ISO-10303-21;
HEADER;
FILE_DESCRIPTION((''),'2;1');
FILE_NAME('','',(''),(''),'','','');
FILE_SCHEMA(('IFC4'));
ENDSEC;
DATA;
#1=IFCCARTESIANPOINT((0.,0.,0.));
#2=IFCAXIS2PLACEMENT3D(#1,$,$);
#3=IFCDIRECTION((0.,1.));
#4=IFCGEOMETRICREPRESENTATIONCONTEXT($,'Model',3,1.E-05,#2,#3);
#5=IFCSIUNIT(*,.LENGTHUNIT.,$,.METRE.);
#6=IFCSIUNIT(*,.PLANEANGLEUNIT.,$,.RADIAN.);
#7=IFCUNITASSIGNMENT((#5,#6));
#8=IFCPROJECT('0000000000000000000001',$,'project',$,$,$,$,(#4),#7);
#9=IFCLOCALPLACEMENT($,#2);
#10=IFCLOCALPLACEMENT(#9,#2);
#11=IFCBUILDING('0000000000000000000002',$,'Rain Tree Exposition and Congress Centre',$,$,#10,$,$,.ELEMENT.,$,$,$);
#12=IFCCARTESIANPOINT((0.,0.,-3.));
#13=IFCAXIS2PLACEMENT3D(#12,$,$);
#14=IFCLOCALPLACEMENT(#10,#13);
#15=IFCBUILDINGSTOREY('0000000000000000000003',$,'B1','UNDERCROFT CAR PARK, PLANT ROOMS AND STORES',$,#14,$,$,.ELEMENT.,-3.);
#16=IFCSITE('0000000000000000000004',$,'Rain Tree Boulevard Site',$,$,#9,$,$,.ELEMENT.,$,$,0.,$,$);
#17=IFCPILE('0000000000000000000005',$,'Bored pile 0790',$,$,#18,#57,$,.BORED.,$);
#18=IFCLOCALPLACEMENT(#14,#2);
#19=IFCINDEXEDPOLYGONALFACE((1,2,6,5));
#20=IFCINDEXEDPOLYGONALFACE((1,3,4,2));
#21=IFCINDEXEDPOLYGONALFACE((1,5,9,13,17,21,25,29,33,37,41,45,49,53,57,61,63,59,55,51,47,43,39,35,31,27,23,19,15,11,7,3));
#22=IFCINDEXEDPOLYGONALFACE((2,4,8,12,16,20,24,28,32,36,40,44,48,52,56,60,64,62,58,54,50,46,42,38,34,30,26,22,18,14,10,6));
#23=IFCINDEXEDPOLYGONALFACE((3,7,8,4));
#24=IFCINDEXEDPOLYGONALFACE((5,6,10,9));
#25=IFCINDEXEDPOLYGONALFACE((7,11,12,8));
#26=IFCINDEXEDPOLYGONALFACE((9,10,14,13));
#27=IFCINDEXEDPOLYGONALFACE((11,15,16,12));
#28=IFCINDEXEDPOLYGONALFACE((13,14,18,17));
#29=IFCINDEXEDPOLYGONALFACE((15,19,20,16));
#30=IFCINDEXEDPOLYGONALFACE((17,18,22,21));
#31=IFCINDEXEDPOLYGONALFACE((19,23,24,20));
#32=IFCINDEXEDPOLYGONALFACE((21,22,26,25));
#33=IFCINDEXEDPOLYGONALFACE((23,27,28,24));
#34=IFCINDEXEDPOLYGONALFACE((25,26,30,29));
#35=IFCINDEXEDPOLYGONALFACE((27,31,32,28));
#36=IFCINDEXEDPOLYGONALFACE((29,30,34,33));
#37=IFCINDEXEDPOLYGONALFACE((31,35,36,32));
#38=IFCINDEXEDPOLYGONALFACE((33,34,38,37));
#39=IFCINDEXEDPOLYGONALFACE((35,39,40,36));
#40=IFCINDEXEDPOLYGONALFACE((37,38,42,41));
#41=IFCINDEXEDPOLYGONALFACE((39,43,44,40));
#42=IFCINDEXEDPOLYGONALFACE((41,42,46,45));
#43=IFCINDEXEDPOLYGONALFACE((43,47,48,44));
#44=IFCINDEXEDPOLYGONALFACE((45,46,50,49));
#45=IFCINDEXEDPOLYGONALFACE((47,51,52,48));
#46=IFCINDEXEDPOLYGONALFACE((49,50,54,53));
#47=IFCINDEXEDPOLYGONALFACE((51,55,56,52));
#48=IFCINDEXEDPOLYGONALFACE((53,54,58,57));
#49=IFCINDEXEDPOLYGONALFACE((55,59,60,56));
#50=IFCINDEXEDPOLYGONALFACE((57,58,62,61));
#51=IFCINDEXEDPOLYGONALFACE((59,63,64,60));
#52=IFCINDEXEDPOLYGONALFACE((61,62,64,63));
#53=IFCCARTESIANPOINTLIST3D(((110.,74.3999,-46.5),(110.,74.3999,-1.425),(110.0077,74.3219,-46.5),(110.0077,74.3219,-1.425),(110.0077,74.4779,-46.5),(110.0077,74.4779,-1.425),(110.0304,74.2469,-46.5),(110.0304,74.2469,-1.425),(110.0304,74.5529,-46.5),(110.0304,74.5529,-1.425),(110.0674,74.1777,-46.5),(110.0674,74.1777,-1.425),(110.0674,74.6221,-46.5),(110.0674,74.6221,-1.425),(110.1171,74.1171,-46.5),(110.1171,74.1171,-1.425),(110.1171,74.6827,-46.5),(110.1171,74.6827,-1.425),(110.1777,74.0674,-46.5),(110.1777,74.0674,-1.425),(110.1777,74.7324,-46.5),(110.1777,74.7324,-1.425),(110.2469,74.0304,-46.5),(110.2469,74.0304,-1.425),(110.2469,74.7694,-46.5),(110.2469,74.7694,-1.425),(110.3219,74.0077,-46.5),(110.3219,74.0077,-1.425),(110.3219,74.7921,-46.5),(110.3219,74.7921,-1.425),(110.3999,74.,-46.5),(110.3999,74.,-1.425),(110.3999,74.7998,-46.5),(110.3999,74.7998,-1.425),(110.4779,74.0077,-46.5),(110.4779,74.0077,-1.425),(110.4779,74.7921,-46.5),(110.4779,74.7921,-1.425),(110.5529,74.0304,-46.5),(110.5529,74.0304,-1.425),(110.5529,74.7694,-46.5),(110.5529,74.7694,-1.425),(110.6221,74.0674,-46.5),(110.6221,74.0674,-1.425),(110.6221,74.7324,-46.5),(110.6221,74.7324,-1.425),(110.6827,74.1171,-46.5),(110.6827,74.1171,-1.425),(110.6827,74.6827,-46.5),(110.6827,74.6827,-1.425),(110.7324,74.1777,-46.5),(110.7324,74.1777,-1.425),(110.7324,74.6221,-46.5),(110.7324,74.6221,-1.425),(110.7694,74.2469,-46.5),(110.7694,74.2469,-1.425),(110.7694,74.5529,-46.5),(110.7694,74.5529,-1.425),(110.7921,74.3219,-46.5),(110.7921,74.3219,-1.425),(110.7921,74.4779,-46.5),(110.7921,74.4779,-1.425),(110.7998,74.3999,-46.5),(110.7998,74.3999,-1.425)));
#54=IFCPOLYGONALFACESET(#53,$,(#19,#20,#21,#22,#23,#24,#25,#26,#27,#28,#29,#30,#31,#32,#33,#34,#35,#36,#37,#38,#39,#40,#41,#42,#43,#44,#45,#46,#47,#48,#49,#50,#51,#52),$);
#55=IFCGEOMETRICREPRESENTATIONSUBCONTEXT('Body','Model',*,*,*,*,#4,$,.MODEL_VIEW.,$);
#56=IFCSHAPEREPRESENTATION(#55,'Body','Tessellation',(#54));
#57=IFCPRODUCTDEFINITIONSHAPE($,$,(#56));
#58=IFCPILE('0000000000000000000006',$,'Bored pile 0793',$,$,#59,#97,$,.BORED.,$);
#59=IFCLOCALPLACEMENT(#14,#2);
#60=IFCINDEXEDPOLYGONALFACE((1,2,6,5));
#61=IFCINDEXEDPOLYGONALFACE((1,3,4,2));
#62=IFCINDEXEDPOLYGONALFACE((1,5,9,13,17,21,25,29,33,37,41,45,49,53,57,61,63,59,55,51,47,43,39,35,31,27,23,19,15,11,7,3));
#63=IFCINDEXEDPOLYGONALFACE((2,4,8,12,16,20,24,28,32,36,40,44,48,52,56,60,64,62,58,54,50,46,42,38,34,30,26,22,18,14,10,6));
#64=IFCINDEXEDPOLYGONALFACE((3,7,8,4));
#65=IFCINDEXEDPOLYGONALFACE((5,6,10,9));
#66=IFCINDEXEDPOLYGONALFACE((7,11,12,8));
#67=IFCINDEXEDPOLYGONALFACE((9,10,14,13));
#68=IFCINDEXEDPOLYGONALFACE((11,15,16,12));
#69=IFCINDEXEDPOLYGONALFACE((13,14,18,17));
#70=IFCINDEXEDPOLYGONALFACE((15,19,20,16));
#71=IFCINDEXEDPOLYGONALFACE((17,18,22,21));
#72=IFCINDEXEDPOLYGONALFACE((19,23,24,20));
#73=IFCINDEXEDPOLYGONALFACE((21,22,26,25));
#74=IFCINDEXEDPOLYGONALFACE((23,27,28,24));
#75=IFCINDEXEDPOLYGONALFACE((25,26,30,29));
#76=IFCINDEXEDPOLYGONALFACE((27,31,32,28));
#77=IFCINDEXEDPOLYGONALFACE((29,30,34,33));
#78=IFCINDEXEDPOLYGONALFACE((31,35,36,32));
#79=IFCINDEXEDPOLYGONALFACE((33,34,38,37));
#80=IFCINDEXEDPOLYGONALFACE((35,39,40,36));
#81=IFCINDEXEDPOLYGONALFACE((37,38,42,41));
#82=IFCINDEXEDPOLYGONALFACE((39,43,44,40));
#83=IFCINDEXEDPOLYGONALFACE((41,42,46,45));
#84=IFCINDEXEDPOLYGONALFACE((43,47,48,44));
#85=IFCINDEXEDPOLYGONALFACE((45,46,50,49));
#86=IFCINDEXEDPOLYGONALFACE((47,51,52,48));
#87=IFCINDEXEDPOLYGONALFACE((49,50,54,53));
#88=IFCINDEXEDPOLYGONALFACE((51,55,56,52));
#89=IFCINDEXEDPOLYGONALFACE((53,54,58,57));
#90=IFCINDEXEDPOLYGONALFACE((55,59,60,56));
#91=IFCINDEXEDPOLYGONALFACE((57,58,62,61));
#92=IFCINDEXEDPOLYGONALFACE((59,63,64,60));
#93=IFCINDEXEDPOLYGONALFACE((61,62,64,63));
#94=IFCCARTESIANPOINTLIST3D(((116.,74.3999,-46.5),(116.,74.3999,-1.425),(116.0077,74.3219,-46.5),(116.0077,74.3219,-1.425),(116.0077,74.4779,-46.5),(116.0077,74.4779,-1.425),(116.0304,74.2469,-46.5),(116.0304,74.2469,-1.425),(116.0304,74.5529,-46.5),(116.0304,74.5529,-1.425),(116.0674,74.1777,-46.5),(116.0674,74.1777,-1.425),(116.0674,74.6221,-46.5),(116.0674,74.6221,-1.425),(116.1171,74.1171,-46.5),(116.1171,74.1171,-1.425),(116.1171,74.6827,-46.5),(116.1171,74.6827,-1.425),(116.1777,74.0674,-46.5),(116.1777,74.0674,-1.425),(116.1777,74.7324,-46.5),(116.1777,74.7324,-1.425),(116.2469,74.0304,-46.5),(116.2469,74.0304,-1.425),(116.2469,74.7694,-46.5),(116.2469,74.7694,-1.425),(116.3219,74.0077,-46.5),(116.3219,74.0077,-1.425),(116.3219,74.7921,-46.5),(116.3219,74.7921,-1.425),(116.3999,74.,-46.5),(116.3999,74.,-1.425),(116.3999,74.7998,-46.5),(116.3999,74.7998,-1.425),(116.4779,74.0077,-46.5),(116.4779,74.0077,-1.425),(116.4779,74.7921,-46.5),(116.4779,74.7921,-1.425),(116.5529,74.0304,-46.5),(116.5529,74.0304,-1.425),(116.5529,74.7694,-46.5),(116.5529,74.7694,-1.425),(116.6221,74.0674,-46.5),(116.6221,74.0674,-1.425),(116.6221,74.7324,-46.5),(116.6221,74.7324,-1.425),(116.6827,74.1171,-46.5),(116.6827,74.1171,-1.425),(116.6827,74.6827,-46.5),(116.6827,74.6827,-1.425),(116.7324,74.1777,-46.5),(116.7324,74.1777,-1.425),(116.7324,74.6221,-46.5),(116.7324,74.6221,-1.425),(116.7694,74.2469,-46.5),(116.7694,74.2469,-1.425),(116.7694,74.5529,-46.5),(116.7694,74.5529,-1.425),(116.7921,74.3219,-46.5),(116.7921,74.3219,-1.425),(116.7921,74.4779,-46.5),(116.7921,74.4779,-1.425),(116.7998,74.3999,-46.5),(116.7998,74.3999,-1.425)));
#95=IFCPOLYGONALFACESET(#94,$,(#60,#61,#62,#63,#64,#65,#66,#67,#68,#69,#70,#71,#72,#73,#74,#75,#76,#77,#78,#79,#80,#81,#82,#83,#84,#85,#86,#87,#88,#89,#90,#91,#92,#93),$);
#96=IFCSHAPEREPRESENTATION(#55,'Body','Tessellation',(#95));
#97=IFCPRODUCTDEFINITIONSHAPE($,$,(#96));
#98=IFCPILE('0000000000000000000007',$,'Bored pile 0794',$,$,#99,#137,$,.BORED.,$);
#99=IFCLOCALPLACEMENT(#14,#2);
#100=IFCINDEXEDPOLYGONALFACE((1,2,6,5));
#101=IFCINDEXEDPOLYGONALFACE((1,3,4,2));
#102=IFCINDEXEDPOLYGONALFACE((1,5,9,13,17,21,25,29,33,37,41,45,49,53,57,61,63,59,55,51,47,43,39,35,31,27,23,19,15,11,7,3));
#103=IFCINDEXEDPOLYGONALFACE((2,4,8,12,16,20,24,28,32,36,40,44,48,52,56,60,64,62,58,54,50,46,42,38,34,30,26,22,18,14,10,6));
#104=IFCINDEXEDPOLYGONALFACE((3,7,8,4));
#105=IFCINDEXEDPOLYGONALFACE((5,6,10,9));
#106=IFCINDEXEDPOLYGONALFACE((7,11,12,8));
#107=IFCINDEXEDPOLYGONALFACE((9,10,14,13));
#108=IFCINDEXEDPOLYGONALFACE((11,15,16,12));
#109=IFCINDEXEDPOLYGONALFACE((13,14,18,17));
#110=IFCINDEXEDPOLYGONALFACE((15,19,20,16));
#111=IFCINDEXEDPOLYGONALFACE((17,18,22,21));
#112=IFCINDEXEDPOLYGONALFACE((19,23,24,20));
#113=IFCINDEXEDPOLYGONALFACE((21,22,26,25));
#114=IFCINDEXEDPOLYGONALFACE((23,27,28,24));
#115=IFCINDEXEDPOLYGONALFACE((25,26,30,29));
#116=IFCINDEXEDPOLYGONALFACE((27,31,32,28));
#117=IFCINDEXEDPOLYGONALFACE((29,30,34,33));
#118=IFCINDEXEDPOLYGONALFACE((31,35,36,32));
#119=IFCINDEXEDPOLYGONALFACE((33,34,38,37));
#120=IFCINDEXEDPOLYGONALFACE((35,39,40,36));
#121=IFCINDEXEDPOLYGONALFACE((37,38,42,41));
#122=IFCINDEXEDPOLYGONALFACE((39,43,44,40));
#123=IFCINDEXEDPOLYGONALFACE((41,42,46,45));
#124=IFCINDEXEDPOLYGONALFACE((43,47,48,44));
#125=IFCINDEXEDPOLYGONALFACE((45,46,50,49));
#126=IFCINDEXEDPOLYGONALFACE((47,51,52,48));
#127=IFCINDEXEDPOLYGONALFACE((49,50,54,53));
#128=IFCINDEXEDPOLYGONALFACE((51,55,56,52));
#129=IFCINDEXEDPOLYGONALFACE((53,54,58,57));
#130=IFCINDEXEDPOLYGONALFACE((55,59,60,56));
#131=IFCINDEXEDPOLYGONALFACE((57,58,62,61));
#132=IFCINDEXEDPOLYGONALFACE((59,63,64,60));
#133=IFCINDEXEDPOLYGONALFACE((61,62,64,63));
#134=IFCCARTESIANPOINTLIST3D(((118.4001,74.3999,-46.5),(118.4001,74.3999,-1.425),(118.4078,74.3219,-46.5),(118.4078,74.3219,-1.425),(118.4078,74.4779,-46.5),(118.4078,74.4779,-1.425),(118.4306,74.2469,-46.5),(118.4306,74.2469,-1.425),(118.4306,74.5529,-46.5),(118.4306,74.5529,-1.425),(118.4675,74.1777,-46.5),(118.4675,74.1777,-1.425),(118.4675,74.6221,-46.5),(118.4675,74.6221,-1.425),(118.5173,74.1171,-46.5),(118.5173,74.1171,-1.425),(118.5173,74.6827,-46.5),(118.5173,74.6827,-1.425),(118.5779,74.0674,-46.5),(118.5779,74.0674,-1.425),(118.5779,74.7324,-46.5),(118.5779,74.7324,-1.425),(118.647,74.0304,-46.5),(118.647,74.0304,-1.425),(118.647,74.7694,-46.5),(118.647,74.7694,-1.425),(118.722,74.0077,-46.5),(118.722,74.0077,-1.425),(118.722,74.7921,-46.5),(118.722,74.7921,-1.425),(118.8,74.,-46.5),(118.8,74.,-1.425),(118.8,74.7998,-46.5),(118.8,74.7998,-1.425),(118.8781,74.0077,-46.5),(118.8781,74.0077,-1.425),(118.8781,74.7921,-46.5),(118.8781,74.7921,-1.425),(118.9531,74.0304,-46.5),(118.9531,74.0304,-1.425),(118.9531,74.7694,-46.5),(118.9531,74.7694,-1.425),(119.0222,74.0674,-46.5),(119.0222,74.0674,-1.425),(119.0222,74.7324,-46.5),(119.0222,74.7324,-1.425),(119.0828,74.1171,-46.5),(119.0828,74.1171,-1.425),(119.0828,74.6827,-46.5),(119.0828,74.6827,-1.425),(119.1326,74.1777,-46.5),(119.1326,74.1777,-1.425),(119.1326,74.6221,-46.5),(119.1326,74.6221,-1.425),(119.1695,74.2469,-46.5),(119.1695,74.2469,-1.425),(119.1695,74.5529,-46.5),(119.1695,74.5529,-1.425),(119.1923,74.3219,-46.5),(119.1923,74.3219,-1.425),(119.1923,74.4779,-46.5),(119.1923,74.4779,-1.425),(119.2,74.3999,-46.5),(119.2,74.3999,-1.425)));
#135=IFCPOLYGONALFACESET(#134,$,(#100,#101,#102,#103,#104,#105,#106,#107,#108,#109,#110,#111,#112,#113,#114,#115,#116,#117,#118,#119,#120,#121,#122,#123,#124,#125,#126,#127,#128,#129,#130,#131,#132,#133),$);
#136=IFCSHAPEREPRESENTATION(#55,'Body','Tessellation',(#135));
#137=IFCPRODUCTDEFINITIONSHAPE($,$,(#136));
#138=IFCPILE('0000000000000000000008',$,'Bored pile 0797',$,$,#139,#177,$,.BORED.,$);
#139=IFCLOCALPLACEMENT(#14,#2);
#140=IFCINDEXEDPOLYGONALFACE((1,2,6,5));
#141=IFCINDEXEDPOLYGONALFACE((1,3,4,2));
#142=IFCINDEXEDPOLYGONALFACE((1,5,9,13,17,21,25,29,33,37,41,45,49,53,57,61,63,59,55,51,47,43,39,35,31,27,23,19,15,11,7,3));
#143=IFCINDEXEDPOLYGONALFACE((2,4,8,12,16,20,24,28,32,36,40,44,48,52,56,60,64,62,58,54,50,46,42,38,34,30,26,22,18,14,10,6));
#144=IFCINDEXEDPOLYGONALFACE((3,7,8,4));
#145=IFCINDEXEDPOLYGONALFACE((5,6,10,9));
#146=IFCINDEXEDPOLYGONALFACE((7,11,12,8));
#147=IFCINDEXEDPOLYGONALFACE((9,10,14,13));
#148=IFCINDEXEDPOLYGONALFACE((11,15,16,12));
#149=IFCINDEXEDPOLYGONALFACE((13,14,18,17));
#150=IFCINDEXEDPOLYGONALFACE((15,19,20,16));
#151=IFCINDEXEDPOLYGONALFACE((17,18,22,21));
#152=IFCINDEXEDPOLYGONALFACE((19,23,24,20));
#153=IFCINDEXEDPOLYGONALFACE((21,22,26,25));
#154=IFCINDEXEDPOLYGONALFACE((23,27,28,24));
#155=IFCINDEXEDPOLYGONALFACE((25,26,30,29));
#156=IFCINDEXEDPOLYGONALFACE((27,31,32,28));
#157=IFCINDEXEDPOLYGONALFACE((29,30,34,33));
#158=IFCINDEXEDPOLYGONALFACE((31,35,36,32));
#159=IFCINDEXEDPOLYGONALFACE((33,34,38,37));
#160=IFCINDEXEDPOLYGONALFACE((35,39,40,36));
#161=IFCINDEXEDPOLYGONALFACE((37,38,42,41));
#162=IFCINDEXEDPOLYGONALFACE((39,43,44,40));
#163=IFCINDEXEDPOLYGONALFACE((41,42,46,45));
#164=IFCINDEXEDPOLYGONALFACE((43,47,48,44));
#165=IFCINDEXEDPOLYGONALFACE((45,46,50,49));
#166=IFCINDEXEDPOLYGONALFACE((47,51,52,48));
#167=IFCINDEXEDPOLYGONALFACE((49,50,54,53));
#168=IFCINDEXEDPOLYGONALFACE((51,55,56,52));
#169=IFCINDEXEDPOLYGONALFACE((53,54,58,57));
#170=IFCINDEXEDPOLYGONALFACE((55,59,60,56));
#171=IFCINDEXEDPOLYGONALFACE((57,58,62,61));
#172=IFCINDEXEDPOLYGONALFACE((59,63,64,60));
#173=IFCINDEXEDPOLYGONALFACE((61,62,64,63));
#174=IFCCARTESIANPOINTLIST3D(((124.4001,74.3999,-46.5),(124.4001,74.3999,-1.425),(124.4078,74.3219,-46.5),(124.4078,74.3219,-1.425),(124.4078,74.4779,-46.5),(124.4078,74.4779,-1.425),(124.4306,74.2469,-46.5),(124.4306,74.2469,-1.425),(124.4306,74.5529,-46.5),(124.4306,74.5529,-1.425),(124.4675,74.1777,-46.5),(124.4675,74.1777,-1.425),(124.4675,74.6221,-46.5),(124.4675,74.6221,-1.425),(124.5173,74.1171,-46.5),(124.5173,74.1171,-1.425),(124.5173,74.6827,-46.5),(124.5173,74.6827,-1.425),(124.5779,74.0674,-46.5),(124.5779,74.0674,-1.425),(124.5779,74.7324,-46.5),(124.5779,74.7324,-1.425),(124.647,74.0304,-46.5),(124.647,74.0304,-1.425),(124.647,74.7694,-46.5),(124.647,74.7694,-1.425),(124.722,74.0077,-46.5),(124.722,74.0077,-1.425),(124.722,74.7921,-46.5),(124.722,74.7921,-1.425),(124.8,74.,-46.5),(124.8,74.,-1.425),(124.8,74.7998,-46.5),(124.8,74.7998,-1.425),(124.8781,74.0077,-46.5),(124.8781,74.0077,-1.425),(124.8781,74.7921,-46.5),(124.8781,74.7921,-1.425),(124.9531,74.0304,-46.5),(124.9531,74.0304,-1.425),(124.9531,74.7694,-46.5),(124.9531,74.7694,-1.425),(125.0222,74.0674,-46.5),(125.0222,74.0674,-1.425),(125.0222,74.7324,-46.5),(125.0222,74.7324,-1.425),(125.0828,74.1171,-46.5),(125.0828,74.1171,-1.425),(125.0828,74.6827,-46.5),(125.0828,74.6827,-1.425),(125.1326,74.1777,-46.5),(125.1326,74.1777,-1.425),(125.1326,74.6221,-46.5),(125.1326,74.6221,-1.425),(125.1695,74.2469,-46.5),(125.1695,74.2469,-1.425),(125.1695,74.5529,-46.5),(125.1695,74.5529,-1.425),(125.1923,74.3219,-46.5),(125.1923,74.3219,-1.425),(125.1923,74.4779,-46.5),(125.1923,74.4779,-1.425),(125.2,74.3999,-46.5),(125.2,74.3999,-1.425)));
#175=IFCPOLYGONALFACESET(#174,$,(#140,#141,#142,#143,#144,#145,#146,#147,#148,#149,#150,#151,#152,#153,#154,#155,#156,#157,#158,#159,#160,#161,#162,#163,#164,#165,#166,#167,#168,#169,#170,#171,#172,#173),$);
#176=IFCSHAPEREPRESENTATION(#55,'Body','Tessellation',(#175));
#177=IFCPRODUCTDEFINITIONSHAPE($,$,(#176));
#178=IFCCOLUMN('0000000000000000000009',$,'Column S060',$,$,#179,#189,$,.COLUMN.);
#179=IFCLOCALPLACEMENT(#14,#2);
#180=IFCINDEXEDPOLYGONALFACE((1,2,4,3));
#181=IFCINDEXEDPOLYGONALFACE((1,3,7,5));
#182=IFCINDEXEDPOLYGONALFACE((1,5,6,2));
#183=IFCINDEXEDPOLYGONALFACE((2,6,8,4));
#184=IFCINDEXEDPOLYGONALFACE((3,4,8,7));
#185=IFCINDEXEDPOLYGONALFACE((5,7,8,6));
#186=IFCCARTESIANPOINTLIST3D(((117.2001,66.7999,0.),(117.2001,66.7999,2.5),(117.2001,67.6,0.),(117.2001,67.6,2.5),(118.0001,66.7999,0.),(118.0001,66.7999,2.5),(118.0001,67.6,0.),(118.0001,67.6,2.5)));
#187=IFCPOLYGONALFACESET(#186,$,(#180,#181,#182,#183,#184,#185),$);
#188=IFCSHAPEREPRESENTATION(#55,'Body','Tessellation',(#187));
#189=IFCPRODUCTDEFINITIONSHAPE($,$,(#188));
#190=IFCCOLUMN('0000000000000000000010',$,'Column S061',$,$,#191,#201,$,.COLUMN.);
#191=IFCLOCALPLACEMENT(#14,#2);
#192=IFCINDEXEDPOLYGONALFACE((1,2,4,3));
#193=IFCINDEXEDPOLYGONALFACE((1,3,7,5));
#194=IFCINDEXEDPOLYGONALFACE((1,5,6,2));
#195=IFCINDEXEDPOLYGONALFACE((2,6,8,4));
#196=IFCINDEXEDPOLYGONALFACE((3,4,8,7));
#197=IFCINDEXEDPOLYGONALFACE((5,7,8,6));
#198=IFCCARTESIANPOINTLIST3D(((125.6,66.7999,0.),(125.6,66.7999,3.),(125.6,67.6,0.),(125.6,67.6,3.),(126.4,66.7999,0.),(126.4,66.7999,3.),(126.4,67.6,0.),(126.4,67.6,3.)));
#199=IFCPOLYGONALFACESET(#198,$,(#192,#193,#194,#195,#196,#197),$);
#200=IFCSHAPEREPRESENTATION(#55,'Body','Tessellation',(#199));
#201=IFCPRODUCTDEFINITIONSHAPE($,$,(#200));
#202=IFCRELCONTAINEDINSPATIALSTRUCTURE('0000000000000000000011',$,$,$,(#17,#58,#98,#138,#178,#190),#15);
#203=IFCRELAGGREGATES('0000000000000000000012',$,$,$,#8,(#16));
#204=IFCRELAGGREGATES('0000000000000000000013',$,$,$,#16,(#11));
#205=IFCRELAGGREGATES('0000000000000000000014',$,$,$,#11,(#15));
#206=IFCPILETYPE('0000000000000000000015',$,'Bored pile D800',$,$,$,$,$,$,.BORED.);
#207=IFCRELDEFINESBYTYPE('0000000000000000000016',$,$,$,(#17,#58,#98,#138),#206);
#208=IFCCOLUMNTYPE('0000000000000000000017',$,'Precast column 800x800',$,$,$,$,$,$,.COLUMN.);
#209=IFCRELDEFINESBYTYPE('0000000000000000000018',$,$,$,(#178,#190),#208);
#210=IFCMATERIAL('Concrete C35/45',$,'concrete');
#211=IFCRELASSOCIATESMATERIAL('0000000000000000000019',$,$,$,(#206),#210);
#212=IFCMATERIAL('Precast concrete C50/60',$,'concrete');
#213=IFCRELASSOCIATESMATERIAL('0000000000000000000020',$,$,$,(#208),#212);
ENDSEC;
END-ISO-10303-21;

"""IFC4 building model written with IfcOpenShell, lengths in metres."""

from ifc_helpers import new_model, si_unit, direction, frame, origin, origin_2d, place, context, subcontext, project, spatial, rectangle, circle, extrude, material, material_profile, profile_set, type_object, element, save


model = new_model("IFC4")

# Units and contexts
model_context = context("Model", 3, precision=1e-05, world=origin(), true_north=direction((0.0, 1.0)))
body_context = subcontext(model_context, "Body", "Model", "MODEL_VIEW")
ifc_project = project(units=[si_unit("LENGTHUNIT", "METRE"), si_unit("PLANEANGLEUNIT", "RADIAN")], contexts=[model_context])

# Site, building, storey
site_placement = place(None, origin())
site = spatial("IfcSite", under=ifc_project, at=site_placement, Name="Rain Tree Boulevard Site", CompositionType="ELEMENT", RefElevation=0.0)
building_placement = place(site_placement, origin())
building = spatial("IfcBuilding", under=site, at=building_placement, Name="Rain Tree Exposition and Congress Centre", CompositionType="ELEMENT")
storey_placement = place(building_placement, frame((0.0, 0.0, -3.0)))
storey = spatial("IfcBuildingStorey", under=building, at=storey_placement, Name="B1", Description="UNDERCROFT CAR PARK, PLANT ROOMS AND STORES", CompositionType="ELEMENT", Elevation=-3.0)

# Piles
ifc_material_1 = material(Name="Concrete C35/45", Category="concrete")
ifc_material_profile_1 = material_profile(ifc_material_1, circle(Radius=0.3999, at=origin_2d()), Name="D800")
ifc_profile_set_1 = profile_set([ifc_material_profile_1], Name="Concrete C35/45")
pile_type_1 = type_object("IfcPileType", Name="Bored pile D800", PredefinedType="BORED", material=ifc_profile_set_1)
for number, where, z_axis, x_axis, name in (
    (1, (110.3999, 74.3999, -1.425), (0.0, 0.0, -1.0), (1.0, 0.0, 0.0), "Bored pile 0790"),
    (2, (116.3999, 74.3999, -1.425), (0.0, 0.0, -1.0), (1.0, 0.0, 0.0), "Bored pile 0793"),
    (3, (118.8, 74.3999, -1.425), (0.0, 0.0, -1.0), (1.0, 0.0, 0.0), "Bored pile 0794"),
    (4, (124.8, 74.3999, -1.425), (0.0, 0.0, -1.0), (1.0, 0.0, 0.0), "Bored pile 0797"),
):
    element("IfcPile", number, at=place(storey_placement, frame(where, z_axis=z_axis, x_axis=x_axis)), inside=storey, type_object=pile_type_1, Name=name, PredefinedType="BORED", context=body_context, shape_type="SweptSolid", body=[
        extrude(circle(Radius=0.3999, at=origin_2d()), origin(), (0.0, 0.0, 1.0), 45.075),
    ])

# Columns
ifc_material_2 = material(Name="Precast concrete C50/60", Category="concrete")
ifc_material_profile_2 = material_profile(ifc_material_2, rectangle(XDim=0.8, YDim=0.8, at=origin_2d()), Name="RC 800x800")
ifc_profile_set_2 = profile_set([ifc_material_profile_2], Name="Precast concrete C50/60")
column_type = type_object("IfcColumnType", Name="Precast column 800x800", PredefinedType="COLUMN", material=ifc_profile_set_2)
column_1_placement = place(storey_placement, frame((117.6001, 67.2, 0.0), z_axis=(0.0, 0.0, 1.0), x_axis=(1.0, 0.0, 0.0)))
element("IfcColumn", 5, at=column_1_placement, inside=storey, type_object=column_type, Name="Column S060", PredefinedType="COLUMN", context=body_context, shape_type="SweptSolid", body=[
    extrude(rectangle(XDim=0.8, YDim=0.8, at=origin_2d()), origin(), (0.0, 0.0, 1.0), 2.5),
])
column_2_placement = place(storey_placement, frame((126.0, 67.2, 0.0), z_axis=(0.0, 0.0, 1.0), x_axis=(1.0, 0.0, 0.0)))
element("IfcColumn", 6, at=column_2_placement, inside=storey, type_object=column_type, Name="Column S061", PredefinedType="COLUMN", context=body_context, shape_type="SweptSolid", body=[
    extrude(rectangle(XDim=0.8, YDim=0.8, at=origin_2d()), origin(), (0.0, 0.0, 1.0), 3.0),
])

save(model, "model.ifc")
